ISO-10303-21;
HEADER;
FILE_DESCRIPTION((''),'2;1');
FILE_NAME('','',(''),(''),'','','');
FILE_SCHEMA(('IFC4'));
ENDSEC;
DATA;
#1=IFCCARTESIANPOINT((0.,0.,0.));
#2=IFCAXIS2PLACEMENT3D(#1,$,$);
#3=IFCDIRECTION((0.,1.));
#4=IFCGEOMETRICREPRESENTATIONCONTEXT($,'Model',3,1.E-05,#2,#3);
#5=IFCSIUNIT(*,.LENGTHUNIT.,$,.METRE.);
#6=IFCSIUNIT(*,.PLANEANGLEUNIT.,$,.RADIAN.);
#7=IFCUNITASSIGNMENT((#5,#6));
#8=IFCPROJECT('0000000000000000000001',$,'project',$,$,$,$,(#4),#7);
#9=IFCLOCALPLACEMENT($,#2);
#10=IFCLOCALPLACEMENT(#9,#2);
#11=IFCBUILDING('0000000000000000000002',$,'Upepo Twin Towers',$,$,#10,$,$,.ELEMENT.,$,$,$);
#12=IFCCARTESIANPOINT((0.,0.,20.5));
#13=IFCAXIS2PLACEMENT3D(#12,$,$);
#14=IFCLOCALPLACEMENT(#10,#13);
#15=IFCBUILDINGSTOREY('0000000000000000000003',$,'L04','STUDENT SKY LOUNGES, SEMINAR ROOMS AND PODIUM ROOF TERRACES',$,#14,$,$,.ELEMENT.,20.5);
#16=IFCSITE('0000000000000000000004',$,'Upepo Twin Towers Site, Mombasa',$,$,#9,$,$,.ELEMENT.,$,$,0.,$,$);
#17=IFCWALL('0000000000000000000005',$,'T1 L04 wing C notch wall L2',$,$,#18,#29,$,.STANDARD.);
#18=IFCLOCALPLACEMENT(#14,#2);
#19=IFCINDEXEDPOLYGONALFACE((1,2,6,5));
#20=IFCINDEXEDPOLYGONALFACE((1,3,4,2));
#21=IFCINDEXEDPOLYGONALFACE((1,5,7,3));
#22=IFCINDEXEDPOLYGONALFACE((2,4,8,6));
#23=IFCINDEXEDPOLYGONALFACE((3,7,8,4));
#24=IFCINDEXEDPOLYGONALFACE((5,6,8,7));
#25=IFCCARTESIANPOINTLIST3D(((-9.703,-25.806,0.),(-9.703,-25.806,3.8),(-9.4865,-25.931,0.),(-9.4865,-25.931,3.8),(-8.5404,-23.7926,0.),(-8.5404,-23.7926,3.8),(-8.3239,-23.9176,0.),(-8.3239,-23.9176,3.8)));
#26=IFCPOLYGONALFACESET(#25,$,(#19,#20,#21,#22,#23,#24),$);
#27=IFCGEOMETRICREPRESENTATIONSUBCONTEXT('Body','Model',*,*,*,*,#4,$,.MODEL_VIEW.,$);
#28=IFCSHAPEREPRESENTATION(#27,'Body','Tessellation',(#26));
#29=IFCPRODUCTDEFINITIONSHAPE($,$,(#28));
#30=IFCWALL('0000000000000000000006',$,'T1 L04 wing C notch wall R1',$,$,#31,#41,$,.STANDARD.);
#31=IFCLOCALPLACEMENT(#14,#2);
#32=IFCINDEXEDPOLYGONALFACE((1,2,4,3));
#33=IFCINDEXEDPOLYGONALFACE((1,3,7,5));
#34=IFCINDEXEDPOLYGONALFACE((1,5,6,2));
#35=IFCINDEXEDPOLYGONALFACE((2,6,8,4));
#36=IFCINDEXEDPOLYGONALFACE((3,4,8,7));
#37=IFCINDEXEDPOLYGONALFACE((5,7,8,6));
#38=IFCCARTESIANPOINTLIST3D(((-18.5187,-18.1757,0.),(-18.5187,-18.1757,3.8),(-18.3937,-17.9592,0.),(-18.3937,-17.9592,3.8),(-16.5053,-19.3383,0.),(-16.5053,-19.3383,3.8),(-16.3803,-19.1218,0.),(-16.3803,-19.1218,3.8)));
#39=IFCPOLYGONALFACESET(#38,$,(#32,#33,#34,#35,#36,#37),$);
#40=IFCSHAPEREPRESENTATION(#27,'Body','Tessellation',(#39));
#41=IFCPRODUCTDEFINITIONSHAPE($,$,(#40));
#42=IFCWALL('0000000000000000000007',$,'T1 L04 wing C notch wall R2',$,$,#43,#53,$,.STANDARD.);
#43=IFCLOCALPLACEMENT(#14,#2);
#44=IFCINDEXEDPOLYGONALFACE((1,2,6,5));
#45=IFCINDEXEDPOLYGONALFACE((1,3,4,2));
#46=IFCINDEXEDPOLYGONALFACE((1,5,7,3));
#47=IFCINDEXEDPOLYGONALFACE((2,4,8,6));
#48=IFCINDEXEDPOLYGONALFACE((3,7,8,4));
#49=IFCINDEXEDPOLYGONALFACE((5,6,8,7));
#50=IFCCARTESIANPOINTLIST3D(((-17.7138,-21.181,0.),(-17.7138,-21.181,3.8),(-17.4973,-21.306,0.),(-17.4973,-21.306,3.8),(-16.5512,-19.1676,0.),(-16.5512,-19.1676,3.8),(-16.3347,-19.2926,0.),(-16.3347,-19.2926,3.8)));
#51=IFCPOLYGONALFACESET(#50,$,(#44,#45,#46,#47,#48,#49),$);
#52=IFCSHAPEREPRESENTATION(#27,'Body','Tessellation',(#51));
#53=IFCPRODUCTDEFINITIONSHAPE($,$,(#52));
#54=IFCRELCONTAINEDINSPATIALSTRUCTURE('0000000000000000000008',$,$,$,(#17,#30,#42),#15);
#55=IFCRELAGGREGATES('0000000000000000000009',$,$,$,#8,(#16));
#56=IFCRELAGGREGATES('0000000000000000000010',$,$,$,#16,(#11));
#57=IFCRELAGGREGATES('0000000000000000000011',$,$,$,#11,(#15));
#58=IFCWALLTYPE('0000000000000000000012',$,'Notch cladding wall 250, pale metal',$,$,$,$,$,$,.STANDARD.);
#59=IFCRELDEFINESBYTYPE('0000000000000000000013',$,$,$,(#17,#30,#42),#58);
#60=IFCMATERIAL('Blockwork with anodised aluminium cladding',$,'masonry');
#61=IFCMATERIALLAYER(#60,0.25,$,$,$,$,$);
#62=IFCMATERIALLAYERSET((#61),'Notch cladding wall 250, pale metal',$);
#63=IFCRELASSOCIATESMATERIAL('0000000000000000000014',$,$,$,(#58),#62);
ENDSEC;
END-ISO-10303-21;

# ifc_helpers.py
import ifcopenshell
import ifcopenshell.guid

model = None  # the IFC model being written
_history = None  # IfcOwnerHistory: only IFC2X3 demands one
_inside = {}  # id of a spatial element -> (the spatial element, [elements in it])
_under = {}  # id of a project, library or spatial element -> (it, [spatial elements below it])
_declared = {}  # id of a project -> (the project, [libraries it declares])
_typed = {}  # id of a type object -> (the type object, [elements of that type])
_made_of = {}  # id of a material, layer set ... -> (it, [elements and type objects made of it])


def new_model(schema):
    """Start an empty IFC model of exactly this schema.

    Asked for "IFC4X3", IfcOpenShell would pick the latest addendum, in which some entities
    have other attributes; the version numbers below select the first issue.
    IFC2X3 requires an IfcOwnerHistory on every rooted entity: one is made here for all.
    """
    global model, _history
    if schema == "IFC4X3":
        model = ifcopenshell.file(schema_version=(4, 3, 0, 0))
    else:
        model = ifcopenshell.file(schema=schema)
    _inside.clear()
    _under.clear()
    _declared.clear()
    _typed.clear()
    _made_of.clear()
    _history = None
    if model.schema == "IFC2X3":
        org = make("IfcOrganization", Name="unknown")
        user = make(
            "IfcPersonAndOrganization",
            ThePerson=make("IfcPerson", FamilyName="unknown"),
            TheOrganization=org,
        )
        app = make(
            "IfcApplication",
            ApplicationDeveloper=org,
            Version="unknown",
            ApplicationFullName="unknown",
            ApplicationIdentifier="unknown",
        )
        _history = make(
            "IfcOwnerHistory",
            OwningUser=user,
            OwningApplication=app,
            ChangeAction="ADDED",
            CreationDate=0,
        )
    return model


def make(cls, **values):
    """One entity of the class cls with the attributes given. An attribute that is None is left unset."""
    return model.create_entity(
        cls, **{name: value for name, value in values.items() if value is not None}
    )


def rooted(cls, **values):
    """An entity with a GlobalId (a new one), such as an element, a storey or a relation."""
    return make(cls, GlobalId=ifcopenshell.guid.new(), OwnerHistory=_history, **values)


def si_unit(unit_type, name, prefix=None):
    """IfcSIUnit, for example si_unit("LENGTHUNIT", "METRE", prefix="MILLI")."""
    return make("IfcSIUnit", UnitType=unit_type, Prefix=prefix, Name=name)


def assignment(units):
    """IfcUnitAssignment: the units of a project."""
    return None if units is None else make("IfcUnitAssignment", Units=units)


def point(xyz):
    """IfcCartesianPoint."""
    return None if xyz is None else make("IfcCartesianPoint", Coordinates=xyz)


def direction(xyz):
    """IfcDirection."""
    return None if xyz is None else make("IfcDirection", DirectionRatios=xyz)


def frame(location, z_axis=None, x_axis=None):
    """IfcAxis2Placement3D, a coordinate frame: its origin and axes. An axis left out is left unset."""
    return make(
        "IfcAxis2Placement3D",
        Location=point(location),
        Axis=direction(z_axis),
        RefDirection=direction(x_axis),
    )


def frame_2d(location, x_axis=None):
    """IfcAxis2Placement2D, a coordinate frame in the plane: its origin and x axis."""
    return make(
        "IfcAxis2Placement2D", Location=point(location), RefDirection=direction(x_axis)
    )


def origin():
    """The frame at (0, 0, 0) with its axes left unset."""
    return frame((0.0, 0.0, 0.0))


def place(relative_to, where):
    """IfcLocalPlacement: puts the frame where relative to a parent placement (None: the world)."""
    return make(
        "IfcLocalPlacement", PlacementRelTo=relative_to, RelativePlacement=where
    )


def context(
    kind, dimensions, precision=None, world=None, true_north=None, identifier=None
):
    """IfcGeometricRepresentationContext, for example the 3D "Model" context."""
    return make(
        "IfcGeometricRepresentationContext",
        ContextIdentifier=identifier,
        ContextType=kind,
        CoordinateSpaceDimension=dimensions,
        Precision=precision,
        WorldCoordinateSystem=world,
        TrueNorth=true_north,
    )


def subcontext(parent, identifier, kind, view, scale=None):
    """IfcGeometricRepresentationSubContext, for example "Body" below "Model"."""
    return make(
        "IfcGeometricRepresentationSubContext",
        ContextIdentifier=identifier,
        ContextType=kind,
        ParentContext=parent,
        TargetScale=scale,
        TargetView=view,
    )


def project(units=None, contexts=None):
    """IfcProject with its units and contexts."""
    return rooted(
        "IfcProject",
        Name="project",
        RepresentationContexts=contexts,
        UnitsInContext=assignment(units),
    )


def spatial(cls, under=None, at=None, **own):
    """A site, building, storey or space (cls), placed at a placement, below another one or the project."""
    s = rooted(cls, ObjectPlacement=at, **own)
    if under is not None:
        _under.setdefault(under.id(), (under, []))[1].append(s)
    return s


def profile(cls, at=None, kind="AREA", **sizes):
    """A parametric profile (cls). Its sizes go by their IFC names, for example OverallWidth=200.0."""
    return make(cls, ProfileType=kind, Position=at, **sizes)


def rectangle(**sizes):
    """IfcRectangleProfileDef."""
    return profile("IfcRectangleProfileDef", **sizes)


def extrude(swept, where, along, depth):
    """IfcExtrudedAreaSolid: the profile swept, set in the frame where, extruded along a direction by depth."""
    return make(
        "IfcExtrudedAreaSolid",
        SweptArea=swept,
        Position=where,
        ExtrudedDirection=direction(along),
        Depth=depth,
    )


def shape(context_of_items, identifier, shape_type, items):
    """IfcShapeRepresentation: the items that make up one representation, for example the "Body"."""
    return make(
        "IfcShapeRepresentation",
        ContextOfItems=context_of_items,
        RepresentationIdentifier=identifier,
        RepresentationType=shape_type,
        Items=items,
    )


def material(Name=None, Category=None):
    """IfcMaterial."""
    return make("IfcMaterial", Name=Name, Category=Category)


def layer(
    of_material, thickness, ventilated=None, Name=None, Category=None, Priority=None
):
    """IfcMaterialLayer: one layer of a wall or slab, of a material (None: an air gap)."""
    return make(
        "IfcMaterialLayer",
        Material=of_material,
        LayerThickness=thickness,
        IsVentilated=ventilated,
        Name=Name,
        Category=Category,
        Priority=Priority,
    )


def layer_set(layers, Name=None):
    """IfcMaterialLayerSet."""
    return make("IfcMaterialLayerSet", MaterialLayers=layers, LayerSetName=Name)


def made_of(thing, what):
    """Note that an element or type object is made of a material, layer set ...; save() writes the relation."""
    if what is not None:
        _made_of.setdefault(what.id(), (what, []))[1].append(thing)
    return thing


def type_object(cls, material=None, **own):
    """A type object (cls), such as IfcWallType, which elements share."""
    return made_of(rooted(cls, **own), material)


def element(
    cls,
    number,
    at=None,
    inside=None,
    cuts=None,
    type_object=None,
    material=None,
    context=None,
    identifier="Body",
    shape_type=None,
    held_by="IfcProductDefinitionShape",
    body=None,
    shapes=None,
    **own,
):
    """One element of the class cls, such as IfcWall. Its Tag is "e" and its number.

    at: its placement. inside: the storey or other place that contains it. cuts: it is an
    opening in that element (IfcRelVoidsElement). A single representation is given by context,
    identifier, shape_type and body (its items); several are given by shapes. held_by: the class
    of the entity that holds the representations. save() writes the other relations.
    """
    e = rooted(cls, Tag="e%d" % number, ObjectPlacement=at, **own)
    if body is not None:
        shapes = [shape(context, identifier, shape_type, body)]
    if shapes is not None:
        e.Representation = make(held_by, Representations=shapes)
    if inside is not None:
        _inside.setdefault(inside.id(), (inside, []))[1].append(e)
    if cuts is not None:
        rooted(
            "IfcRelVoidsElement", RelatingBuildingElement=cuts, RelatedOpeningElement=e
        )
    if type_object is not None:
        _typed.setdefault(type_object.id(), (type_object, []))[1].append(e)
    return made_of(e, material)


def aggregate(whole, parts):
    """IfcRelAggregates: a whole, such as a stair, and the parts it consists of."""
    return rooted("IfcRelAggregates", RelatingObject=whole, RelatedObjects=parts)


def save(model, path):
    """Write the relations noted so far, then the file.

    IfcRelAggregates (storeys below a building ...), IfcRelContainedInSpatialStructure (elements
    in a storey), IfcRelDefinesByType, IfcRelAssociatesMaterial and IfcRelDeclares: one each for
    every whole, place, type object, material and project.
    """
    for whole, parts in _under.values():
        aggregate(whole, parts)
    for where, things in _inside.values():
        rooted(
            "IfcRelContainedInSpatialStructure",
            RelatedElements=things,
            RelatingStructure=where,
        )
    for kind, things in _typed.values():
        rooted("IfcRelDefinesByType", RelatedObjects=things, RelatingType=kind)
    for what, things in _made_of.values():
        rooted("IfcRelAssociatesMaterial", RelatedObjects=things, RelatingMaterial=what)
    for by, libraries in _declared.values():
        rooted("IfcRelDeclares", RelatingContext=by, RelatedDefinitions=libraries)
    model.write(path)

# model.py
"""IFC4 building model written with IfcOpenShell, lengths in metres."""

from ifc_helpers import new_model, si_unit, direction, frame, frame_2d, origin, place, context, subcontext, project, spatial, rectangle, extrude, material, layer, layer_set, type_object, element, save


model = new_model("IFC4")

# Units and contexts
model_context = context("Model", 3, precision=1e-05, world=origin(), true_north=direction((0.0, 1.0)))
body_context = subcontext(model_context, "Body", "Model", "MODEL_VIEW")
ifc_project = project(units=[si_unit("LENGTHUNIT", "METRE"), si_unit("PLANEANGLEUNIT", "RADIAN")], contexts=[model_context])

# Site, building, storey
site_placement = place(None, origin())
site = spatial("IfcSite", under=ifc_project, at=site_placement, Name="Upepo Twin Towers Site, Mombasa", CompositionType="ELEMENT", RefElevation=0.0)
building_placement = place(site_placement, origin())
building = spatial("IfcBuilding", under=site, at=building_placement, Name="Upepo Twin Towers", CompositionType="ELEMENT")
storey_placement = place(building_placement, frame((0.0, 0.0, 20.5)))
storey = spatial("IfcBuildingStorey", under=building, at=storey_placement, Name="L04", Description="STUDENT SKY LOUNGES, SEMINAR ROOMS AND PODIUM ROOF TERRACES", CompositionType="ELEMENT", Elevation=20.5)

# Walls
ifc_material_1 = material(Name="Blockwork with anodised aluminium cladding", Category="masonry")
ifc_layer_1 = layer(ifc_material_1, 0.25)
ifc_layer_set_1 = layer_set([ifc_layer_1], Name="Notch cladding wall 250, pale metal")
wall_type_1 = type_object("IfcWallType", Name="Notch cladding wall 250, pale metal", PredefinedType="STANDARD", material=ifc_layer_set_1)
for number, where, z_axis, x_axis, name in (
    (1, (-8.4321, -23.855, 0.0), (0.0, 0.0, 1.0), (-0.500047, -0.865998, 0.0), "T1 L04 wing C notch wall L2"),
    (2, (-18.4563, -18.0674, 0.0), (0.0, 0.0, 1.0), (0.865998, -0.500047, 0.0), "T1 L04 wing C notch wall R1"),
    (3, (-16.4429, -19.23, 0.0), (0.0, 0.0, 1.0), (-0.500047, -0.865998, 0.0), "T1 L04 wing C notch wall R2"),
):
    element("IfcWall", number, at=place(storey_placement, frame(where, z_axis=z_axis, x_axis=x_axis)), inside=storey, type_object=wall_type_1, Name=name, PredefinedType="STANDARD", context=body_context, shape_type="SweptSolid", body=[
        extrude(rectangle(XDim=2.325, YDim=0.25, at=frame_2d((1.1626, 0.0))), origin(), (0.0, 0.0, 1.0), 3.8),
    ])

save(model, "model.ifc")
